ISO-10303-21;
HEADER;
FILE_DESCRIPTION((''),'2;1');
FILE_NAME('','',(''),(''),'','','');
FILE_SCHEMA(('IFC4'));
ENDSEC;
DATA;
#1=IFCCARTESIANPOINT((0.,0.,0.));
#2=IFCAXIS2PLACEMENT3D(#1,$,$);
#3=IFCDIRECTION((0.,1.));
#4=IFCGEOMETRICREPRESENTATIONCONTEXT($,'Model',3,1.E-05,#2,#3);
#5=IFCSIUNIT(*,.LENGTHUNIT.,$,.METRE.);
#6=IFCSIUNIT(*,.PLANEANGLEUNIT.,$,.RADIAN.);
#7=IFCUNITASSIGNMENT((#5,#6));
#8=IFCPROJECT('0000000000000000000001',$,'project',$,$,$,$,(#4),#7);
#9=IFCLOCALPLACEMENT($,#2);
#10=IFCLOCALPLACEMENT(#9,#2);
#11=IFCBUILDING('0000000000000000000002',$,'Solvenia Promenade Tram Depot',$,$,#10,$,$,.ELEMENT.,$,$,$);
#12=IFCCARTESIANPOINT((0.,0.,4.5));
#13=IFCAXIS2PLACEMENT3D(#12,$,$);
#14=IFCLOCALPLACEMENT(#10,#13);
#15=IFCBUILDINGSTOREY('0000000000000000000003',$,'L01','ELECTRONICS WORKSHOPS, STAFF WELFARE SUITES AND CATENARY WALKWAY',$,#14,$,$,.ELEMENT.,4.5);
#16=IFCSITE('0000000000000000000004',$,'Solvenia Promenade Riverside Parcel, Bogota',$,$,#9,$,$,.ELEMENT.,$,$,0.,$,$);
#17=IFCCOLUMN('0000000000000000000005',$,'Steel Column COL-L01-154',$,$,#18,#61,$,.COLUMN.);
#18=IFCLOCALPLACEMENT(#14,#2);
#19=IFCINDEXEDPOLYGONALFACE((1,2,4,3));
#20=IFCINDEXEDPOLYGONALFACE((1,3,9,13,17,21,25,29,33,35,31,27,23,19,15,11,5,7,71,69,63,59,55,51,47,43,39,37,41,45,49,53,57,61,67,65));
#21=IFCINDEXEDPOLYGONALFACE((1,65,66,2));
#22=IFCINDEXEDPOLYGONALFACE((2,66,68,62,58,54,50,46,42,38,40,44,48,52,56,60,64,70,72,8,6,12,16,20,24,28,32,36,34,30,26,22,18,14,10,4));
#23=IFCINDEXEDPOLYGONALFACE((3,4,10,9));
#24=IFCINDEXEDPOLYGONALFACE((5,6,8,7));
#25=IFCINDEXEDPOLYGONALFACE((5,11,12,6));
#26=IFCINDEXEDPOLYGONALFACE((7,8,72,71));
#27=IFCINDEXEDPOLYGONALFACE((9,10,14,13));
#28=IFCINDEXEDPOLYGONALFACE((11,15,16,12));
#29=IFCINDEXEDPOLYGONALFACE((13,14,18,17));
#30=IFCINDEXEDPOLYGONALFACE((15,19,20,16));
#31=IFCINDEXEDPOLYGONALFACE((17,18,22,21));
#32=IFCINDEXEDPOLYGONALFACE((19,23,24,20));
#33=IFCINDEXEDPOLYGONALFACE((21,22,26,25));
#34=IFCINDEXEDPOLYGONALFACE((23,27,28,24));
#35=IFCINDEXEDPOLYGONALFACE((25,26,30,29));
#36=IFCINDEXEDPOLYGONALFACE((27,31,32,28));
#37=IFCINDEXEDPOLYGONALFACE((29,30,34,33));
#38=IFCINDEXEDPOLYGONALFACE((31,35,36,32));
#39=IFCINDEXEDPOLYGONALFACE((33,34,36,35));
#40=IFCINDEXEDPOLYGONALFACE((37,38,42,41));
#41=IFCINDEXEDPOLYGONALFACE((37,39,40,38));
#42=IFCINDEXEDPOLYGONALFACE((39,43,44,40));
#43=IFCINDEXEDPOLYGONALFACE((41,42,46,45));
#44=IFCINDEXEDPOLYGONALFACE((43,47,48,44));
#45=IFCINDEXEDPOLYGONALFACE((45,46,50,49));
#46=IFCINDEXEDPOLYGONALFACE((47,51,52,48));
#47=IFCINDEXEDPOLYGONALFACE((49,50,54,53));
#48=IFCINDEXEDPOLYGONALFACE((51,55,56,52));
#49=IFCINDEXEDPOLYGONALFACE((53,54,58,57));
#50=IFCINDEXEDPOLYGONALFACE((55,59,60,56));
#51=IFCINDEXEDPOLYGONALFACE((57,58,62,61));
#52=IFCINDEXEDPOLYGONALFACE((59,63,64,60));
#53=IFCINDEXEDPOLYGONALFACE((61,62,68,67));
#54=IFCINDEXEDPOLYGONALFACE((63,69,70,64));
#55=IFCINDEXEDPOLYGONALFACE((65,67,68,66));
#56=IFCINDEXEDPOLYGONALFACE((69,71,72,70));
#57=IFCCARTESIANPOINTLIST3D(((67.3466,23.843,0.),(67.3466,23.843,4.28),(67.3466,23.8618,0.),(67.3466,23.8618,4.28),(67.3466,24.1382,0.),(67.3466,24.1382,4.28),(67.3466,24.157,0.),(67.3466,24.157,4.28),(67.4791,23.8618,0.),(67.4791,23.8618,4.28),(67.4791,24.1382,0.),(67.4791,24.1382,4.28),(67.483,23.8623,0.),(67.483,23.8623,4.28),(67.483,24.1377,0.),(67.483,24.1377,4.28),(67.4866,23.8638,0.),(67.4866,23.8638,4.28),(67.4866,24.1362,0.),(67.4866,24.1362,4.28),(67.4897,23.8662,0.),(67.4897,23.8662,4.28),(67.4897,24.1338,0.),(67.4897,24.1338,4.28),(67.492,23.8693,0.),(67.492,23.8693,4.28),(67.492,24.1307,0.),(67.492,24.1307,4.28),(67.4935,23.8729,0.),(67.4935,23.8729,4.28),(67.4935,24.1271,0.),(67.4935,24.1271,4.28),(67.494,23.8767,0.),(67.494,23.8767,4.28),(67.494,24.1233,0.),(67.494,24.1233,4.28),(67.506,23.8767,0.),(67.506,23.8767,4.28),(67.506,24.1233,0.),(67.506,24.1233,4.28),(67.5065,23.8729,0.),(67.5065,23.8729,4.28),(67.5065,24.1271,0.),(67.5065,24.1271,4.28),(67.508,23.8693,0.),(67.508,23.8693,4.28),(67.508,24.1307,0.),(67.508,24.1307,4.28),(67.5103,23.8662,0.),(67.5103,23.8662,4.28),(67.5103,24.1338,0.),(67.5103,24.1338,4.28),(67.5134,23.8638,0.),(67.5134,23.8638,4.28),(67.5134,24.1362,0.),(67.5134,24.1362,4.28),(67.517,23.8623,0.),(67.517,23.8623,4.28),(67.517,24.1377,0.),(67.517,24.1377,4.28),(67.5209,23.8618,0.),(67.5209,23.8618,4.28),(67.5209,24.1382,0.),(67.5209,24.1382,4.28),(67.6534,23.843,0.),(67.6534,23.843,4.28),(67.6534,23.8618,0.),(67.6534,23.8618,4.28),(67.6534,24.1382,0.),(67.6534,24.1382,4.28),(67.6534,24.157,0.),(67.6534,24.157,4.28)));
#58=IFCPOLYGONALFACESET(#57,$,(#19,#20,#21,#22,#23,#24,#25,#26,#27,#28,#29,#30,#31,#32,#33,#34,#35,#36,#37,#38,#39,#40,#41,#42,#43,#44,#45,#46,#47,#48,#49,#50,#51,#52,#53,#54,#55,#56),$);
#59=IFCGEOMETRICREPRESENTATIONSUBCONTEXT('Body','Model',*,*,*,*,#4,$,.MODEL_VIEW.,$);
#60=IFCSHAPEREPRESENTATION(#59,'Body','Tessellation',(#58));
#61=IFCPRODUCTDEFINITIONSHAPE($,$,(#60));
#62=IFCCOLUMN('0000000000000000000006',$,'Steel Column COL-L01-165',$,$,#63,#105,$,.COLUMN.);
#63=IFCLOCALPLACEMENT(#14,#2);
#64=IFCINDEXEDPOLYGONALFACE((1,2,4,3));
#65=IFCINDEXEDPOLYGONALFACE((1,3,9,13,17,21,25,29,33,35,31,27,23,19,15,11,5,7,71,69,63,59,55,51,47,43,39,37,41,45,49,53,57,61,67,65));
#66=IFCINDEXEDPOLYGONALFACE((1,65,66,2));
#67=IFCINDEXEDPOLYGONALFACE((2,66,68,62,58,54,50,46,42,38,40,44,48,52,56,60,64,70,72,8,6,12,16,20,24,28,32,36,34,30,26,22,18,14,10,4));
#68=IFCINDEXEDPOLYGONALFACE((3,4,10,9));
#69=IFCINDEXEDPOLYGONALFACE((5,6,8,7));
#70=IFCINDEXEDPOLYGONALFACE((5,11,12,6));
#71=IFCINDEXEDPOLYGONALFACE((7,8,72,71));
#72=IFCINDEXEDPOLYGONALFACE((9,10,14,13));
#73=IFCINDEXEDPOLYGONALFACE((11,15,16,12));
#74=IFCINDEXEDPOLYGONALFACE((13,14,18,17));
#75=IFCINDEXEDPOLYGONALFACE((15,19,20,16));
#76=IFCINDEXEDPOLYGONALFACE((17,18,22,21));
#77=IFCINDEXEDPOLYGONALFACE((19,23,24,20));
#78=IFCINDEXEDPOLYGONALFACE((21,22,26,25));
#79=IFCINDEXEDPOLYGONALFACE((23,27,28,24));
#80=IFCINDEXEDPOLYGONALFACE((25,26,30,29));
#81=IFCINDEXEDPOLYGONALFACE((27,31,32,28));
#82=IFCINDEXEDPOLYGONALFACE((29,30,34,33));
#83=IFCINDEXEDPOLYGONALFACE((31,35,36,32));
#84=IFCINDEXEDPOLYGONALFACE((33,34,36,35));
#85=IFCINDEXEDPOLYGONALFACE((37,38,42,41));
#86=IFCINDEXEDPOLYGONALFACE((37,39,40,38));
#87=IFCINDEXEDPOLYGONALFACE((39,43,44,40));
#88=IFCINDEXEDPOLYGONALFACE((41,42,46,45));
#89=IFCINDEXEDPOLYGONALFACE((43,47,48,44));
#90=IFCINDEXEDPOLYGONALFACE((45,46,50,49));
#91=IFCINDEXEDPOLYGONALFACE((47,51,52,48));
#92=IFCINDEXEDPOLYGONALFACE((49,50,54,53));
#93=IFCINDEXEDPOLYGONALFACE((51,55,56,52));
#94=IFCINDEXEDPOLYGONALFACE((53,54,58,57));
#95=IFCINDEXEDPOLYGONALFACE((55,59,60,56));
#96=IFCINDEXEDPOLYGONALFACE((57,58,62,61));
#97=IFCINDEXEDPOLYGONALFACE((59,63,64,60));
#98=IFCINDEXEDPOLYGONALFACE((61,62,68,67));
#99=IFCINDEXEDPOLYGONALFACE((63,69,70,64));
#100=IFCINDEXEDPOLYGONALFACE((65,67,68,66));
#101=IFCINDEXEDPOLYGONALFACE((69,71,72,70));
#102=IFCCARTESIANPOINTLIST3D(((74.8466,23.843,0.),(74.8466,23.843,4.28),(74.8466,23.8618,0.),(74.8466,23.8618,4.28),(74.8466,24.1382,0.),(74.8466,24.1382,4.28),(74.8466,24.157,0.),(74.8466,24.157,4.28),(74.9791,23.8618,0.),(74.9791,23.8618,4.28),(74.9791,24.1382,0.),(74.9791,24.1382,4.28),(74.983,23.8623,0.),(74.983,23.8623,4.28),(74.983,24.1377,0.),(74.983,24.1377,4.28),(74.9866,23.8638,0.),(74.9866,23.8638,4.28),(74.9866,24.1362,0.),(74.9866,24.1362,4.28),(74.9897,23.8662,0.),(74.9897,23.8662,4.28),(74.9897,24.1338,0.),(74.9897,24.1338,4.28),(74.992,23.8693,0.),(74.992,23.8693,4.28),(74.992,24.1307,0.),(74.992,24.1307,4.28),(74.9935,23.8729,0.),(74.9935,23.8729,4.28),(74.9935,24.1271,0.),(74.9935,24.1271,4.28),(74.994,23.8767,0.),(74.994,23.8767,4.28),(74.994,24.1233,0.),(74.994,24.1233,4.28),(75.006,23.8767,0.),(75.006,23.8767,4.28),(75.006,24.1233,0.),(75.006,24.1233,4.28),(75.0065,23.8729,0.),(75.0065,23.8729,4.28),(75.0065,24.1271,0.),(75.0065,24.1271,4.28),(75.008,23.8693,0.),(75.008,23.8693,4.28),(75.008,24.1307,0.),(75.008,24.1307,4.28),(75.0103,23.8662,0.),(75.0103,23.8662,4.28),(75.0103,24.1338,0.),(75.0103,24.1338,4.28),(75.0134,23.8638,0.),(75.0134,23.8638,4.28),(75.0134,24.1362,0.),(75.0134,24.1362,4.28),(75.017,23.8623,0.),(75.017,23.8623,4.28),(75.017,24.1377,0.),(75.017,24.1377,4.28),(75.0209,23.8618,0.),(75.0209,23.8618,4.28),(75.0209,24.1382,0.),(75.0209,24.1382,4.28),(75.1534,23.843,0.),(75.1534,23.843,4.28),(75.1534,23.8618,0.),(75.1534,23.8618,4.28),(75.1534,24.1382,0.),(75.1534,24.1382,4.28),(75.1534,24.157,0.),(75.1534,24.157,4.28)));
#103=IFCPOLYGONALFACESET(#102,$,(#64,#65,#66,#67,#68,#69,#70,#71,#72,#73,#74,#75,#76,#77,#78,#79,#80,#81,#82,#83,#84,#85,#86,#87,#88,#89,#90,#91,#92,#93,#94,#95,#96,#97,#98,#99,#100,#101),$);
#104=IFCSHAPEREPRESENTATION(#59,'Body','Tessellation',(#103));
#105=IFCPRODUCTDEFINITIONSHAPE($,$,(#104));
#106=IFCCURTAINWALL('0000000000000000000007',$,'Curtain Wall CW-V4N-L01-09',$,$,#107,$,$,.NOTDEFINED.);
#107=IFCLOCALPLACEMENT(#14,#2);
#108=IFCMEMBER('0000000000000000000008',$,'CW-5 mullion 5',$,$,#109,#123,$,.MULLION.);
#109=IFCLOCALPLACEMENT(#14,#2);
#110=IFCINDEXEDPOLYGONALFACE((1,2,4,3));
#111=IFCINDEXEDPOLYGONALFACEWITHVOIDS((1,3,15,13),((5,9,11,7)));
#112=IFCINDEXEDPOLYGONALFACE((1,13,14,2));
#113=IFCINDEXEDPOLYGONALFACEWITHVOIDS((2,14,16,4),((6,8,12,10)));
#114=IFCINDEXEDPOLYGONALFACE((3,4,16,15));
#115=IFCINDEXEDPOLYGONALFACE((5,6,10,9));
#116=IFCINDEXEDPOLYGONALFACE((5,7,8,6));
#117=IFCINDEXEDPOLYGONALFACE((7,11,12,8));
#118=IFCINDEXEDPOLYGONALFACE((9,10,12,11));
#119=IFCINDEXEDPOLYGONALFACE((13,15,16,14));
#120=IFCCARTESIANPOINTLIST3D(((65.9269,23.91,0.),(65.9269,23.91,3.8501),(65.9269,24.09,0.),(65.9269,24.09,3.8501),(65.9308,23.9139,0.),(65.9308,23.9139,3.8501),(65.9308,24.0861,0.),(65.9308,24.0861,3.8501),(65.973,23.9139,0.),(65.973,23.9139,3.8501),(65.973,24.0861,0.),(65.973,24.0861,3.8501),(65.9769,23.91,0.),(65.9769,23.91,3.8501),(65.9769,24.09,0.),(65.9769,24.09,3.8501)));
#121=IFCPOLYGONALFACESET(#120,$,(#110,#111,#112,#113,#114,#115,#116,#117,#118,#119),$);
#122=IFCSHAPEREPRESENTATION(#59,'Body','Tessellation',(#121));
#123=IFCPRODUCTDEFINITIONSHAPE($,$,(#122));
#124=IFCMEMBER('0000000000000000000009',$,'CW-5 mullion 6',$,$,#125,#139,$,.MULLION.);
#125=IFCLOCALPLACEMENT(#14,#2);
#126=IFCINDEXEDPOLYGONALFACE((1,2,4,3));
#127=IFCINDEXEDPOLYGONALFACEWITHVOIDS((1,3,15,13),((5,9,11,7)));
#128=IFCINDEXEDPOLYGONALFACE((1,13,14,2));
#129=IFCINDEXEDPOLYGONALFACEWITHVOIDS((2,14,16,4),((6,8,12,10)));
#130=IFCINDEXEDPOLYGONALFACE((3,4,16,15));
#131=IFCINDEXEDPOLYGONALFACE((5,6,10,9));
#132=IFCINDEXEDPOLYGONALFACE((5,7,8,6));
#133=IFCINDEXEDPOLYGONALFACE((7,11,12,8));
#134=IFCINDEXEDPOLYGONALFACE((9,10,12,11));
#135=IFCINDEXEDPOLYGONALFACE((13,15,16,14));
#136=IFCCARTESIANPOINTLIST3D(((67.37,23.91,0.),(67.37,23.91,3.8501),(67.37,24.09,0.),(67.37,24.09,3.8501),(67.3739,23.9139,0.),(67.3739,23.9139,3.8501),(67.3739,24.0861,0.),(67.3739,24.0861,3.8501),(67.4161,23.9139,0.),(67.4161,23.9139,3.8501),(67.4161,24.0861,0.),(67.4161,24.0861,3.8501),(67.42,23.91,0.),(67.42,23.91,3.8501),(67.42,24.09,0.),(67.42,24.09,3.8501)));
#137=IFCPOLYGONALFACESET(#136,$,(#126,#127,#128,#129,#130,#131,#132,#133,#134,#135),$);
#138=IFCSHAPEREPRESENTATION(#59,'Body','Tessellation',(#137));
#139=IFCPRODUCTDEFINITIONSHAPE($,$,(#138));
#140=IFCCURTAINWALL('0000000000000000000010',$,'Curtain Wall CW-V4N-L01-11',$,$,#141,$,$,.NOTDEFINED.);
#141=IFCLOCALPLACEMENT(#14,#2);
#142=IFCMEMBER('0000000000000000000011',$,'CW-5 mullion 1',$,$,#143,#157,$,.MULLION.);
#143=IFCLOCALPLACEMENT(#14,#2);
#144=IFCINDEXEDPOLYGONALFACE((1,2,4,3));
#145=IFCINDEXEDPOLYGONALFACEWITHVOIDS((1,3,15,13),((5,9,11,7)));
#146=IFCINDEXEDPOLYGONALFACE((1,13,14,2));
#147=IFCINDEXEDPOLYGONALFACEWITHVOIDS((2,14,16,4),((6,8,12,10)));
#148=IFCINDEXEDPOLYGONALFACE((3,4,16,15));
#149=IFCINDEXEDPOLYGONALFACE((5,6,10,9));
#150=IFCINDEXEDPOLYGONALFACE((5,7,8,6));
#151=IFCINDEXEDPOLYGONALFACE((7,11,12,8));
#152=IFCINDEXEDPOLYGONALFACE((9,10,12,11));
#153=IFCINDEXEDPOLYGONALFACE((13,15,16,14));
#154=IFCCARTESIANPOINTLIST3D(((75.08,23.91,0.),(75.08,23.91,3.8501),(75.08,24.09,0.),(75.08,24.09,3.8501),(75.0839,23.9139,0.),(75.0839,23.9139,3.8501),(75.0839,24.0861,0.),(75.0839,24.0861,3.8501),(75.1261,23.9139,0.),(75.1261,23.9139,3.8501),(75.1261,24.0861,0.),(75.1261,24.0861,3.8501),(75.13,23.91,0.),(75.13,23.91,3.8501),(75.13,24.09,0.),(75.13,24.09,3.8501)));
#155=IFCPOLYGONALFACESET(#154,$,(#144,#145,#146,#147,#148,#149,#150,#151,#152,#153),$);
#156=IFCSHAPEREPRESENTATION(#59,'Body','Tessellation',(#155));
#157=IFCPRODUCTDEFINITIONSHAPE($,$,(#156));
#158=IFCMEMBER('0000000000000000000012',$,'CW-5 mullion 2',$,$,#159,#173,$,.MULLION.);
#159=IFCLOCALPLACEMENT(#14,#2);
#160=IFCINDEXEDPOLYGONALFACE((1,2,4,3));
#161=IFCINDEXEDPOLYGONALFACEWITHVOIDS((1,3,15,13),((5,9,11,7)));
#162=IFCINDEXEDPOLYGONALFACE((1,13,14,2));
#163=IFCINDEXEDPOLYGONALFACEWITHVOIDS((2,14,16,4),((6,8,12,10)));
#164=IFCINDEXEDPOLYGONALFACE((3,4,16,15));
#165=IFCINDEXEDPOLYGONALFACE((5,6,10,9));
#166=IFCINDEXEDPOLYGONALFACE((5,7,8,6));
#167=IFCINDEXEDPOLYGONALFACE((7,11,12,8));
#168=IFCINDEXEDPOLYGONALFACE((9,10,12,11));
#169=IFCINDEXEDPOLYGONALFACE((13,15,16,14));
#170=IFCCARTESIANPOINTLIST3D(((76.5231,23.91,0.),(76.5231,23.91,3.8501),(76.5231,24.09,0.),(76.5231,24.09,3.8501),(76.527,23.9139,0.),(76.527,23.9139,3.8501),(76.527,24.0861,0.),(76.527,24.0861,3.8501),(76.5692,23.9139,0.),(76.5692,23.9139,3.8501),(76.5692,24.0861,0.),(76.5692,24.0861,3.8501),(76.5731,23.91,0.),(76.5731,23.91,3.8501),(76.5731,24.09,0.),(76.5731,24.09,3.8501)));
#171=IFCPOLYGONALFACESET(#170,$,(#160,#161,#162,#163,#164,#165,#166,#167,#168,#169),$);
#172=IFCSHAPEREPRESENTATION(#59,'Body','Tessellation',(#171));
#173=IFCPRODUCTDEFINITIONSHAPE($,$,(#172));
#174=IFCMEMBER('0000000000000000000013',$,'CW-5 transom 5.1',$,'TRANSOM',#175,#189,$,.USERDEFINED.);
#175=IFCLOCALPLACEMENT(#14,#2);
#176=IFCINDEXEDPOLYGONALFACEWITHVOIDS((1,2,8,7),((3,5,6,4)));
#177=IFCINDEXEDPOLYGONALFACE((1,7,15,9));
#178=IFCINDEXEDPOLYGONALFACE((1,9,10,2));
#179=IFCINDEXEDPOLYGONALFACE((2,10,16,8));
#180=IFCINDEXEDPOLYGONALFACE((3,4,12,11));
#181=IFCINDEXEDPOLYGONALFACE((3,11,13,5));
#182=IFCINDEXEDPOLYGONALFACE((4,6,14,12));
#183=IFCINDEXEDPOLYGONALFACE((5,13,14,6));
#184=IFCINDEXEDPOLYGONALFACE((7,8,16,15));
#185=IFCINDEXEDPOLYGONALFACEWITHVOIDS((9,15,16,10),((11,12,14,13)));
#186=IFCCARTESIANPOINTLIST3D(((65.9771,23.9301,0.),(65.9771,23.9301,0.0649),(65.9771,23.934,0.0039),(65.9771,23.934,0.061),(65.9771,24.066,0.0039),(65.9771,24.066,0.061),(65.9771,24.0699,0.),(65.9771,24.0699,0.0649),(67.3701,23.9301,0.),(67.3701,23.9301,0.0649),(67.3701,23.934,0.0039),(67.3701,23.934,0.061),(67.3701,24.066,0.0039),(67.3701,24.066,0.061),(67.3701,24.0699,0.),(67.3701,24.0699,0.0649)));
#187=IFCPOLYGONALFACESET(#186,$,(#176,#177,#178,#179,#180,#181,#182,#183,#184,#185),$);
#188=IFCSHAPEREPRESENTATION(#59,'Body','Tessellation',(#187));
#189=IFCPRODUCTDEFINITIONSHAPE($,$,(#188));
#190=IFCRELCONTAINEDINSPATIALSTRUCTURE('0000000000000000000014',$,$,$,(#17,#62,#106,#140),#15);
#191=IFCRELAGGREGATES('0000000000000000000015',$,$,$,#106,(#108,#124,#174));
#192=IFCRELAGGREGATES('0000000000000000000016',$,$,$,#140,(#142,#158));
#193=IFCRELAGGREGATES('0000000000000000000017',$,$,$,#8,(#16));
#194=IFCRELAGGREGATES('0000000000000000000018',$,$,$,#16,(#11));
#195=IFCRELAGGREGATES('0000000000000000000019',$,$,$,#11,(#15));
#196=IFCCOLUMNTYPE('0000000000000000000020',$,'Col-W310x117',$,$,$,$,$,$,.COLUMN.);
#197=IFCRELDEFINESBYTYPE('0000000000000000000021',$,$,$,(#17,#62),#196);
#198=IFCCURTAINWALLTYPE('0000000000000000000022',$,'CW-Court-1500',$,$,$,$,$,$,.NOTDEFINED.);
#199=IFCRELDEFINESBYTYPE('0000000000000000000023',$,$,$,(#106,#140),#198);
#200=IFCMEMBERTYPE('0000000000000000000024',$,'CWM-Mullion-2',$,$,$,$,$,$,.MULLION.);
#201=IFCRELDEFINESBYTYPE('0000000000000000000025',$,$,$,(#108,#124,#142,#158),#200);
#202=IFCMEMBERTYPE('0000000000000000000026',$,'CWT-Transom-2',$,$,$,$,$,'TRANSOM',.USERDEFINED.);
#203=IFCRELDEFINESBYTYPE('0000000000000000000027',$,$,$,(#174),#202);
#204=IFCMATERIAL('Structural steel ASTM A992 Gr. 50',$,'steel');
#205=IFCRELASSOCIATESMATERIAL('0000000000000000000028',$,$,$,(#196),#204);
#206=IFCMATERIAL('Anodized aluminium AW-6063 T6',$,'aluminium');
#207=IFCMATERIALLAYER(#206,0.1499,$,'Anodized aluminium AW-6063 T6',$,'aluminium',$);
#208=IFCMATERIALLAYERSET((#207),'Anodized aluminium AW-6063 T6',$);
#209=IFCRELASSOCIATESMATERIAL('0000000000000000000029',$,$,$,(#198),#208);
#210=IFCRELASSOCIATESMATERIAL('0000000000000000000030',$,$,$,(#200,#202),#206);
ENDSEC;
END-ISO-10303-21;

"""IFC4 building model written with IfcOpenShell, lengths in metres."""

from ifc_helpers import new_model, si_unit, direction, frame, origin, origin_2d, place, context, subcontext, project, spatial, hollow_rectangle, i_section, extrude, material, layer, layer_set, material_profile, profile_set, type_object, element, aggregate, save


model = new_model("IFC4")

# Units and contexts
model_context = context("Model", 3, precision=1e-05, world=origin(), true_north=direction((0.0, 1.0)))
body_context = subcontext(model_context, "Body", "Model", "MODEL_VIEW")
ifc_project = project(units=[si_unit("LENGTHUNIT", "METRE"), si_unit("PLANEANGLEUNIT", "RADIAN")], contexts=[model_context])

# Site, building, storey
site_placement = place(None, origin())
site = spatial("IfcSite", under=ifc_project, at=site_placement, Name="Solvenia Promenade Riverside Parcel, Bogota", CompositionType="ELEMENT", RefElevation=0.0)
building_placement = place(site_placement, origin())
building = spatial("IfcBuilding", under=site, at=building_placement, Name="Solvenia Promenade Tram Depot", CompositionType="ELEMENT")
storey_placement = place(building_placement, frame((0.0, 0.0, 4.5)))
storey = spatial("IfcBuildingStorey", under=building, at=storey_placement, Name="L01", Description="ELECTRONICS WORKSHOPS, STAFF WELFARE SUITES AND CATENARY WALKWAY", CompositionType="ELEMENT", Elevation=4.5)

# Columns
ifc_material_1 = material(Name="Structural steel ASTM A992 Gr. 50", Category="steel")
ifc_material_profile_1 = material_profile(ifc_material_1, i_section(OverallWidth=0.3069, OverallDepth=0.314, WebThickness=0.012, FlangeThickness=0.0188, FilletRadius=0.0149, at=origin_2d()), Name="W310x117", Category="steel")
ifc_profile_set_1 = profile_set([ifc_material_profile_1], Name="Structural steel ASTM A992 Gr. 50")
column_type = type_object("IfcColumnType", Name="Col-W310x117", PredefinedType="COLUMN", material=ifc_profile_set_1)
for number, where, z_axis, x_axis, name in (
    (1, (67.5, 24.0, 0.0), (0.0, 0.0, 1.0), (1.0, 0.0, 0.0), "Steel Column COL-L01-154"),
    (2, (75.0, 24.0, 0.0), (0.0, 0.0, 1.0), (1.0, 0.0, 0.0), "Steel Column COL-L01-165"),
):
    element("IfcColumn", number, at=place(storey_placement, frame(where, z_axis=z_axis, x_axis=x_axis)), inside=storey, type_object=column_type, Name=name, PredefinedType="COLUMN", context=body_context, shape_type="SweptSolid", body=[
        extrude(i_section(OverallWidth=0.3069, OverallDepth=0.314, WebThickness=0.012, FlangeThickness=0.0188, FilletRadius=0.0149, at=origin_2d()), origin(), (0.0, 0.0, 1.0), 4.28),
    ])

# Curtain walls, members
ifc_material_2 = material(Name="Anodized aluminium AW-6063 T6", Category="aluminium")
ifc_layer_1 = layer(ifc_material_2, 0.1499, Name="Anodized aluminium AW-6063 T6", Category="aluminium")
ifc_layer_set_1 = layer_set([ifc_layer_1], Name="Anodized aluminium AW-6063 T6")
curtain_wall_type = type_object("IfcCurtainWallType", Name="CW-Court-1500", PredefinedType="NOTDEFINED", material=ifc_layer_set_1)
curtain_wall_1_placement = place(storey_placement, origin())
curtain_wall_1 = element("IfcCurtainWall", 3, at=curtain_wall_1_placement, inside=storey, type_object=curtain_wall_type, Name="Curtain Wall CW-V4N-L01-09", PredefinedType="NOTDEFINED")
ifc_material_profile_2 = material_profile(ifc_material_2, hollow_rectangle(XDim=0.1799, YDim=0.05, WallThickness=0.0039, at=origin_2d()), Name="ALU-M2", Category="aluminium")
ifc_profile_set_2 = profile_set([ifc_material_profile_2], Name="Anodized aluminium AW-6063 T6")
member_type_1 = type_object("IfcMemberType", Name="CWM-Mullion-2", PredefinedType="MULLION", material=ifc_profile_set_2)
member_1_placement = place(storey_placement, frame((65.9519, 24.0, 0.0), z_axis=(0.0, 0.0, 1.0), x_axis=(0.0, 1.0, 0.0)))
member_1 = element("IfcMember", 4, at=member_1_placement, type_object=member_type_1, Name="CW-5 mullion 5", PredefinedType="MULLION", context=body_context, shape_type="SweptSolid", body=[
    extrude(hollow_rectangle(XDim=0.1799, YDim=0.05, WallThickness=0.0039, at=origin_2d()), origin(), (0.0, 0.0, 1.0), 3.8501),
])
member_2_placement = place(storey_placement, frame((67.395, 24.0, 0.0), z_axis=(0.0, 0.0, 1.0), x_axis=(0.0, 1.0, 0.0)))
member_2 = element("IfcMember", 5, at=member_2_placement, type_object=member_type_1, Name="CW-5 mullion 6", PredefinedType="MULLION", context=body_context, shape_type="SweptSolid", body=[
    extrude(hollow_rectangle(XDim=0.1799, YDim=0.05, WallThickness=0.0039, at=origin_2d()), origin(), (0.0, 0.0, 1.0), 3.8501),
])
curtain_wall_2_placement = place(storey_placement, origin())
curtain_wall_2 = element("IfcCurtainWall", 6, at=curtain_wall_2_placement, inside=storey, type_object=curtain_wall_type, Name="Curtain Wall CW-V4N-L01-11", PredefinedType="NOTDEFINED")
member_3_placement = place(storey_placement, frame((75.105, 24.0, 0.0), z_axis=(0.0, 0.0, 1.0), x_axis=(0.0, 1.0, 0.0)))
member_3 = element("IfcMember", 7, at=member_3_placement, type_object=member_type_1, Name="CW-5 mullion 1", PredefinedType="MULLION", context=body_context, shape_type="SweptSolid", body=[
    extrude(hollow_rectangle(XDim=0.1799, YDim=0.05, WallThickness=0.0039, at=origin_2d()), origin(), (0.0, 0.0, 1.0), 3.8501),
])
member_4_placement = place(storey_placement, frame((76.5481, 24.0, 0.0), z_axis=(0.0, 0.0, 1.0), x_axis=(0.0, 1.0, 0.0)))
member_4 = element("IfcMember", 8, at=member_4_placement, type_object=member_type_1, Name="CW-5 mullion 2", PredefinedType="MULLION", context=body_context, shape_type="SweptSolid", body=[
    extrude(hollow_rectangle(XDim=0.1799, YDim=0.05, WallThickness=0.0039, at=origin_2d()), origin(), (0.0, 0.0, 1.0), 3.8501),
])

# Member
ifc_material_profile_3 = material_profile(ifc_material_2, hollow_rectangle(XDim=0.1399, YDim=0.0649, WallThickness=0.0039, at=origin_2d()), Name="ALU-T2", Category="aluminium")
ifc_profile_set_3 = profile_set([ifc_material_profile_3], Name="Anodized aluminium AW-6063 T6")
member_type_2 = type_object("IfcMemberType", Name="CWT-Transom-2", ElementType="TRANSOM", PredefinedType="USERDEFINED", material=ifc_profile_set_3)
member_5_placement = place(storey_placement, frame((65.9771, 24.0, 0.0325), z_axis=(1.0, 0.0, 0.0), x_axis=(0.0, 1.0, 0.0)))
member_5 = element("IfcMember", 9, at=member_5_placement, type_object=member_type_2, Name="CW-5 transom 5.1", ObjectType="TRANSOM", PredefinedType="USERDEFINED", context=body_context, shape_type="SweptSolid", body=[
    extrude(hollow_rectangle(XDim=0.1399, YDim=0.0649, WallThickness=0.0039, at=origin_2d()), origin(), (0.0, 0.0, 1.0), 1.3931),
])

aggregate(curtain_wall_1, [member_1, member_2, member_5])
aggregate(curtain_wall_2, [member_3, member_4])

save(model, "model.ifc")
